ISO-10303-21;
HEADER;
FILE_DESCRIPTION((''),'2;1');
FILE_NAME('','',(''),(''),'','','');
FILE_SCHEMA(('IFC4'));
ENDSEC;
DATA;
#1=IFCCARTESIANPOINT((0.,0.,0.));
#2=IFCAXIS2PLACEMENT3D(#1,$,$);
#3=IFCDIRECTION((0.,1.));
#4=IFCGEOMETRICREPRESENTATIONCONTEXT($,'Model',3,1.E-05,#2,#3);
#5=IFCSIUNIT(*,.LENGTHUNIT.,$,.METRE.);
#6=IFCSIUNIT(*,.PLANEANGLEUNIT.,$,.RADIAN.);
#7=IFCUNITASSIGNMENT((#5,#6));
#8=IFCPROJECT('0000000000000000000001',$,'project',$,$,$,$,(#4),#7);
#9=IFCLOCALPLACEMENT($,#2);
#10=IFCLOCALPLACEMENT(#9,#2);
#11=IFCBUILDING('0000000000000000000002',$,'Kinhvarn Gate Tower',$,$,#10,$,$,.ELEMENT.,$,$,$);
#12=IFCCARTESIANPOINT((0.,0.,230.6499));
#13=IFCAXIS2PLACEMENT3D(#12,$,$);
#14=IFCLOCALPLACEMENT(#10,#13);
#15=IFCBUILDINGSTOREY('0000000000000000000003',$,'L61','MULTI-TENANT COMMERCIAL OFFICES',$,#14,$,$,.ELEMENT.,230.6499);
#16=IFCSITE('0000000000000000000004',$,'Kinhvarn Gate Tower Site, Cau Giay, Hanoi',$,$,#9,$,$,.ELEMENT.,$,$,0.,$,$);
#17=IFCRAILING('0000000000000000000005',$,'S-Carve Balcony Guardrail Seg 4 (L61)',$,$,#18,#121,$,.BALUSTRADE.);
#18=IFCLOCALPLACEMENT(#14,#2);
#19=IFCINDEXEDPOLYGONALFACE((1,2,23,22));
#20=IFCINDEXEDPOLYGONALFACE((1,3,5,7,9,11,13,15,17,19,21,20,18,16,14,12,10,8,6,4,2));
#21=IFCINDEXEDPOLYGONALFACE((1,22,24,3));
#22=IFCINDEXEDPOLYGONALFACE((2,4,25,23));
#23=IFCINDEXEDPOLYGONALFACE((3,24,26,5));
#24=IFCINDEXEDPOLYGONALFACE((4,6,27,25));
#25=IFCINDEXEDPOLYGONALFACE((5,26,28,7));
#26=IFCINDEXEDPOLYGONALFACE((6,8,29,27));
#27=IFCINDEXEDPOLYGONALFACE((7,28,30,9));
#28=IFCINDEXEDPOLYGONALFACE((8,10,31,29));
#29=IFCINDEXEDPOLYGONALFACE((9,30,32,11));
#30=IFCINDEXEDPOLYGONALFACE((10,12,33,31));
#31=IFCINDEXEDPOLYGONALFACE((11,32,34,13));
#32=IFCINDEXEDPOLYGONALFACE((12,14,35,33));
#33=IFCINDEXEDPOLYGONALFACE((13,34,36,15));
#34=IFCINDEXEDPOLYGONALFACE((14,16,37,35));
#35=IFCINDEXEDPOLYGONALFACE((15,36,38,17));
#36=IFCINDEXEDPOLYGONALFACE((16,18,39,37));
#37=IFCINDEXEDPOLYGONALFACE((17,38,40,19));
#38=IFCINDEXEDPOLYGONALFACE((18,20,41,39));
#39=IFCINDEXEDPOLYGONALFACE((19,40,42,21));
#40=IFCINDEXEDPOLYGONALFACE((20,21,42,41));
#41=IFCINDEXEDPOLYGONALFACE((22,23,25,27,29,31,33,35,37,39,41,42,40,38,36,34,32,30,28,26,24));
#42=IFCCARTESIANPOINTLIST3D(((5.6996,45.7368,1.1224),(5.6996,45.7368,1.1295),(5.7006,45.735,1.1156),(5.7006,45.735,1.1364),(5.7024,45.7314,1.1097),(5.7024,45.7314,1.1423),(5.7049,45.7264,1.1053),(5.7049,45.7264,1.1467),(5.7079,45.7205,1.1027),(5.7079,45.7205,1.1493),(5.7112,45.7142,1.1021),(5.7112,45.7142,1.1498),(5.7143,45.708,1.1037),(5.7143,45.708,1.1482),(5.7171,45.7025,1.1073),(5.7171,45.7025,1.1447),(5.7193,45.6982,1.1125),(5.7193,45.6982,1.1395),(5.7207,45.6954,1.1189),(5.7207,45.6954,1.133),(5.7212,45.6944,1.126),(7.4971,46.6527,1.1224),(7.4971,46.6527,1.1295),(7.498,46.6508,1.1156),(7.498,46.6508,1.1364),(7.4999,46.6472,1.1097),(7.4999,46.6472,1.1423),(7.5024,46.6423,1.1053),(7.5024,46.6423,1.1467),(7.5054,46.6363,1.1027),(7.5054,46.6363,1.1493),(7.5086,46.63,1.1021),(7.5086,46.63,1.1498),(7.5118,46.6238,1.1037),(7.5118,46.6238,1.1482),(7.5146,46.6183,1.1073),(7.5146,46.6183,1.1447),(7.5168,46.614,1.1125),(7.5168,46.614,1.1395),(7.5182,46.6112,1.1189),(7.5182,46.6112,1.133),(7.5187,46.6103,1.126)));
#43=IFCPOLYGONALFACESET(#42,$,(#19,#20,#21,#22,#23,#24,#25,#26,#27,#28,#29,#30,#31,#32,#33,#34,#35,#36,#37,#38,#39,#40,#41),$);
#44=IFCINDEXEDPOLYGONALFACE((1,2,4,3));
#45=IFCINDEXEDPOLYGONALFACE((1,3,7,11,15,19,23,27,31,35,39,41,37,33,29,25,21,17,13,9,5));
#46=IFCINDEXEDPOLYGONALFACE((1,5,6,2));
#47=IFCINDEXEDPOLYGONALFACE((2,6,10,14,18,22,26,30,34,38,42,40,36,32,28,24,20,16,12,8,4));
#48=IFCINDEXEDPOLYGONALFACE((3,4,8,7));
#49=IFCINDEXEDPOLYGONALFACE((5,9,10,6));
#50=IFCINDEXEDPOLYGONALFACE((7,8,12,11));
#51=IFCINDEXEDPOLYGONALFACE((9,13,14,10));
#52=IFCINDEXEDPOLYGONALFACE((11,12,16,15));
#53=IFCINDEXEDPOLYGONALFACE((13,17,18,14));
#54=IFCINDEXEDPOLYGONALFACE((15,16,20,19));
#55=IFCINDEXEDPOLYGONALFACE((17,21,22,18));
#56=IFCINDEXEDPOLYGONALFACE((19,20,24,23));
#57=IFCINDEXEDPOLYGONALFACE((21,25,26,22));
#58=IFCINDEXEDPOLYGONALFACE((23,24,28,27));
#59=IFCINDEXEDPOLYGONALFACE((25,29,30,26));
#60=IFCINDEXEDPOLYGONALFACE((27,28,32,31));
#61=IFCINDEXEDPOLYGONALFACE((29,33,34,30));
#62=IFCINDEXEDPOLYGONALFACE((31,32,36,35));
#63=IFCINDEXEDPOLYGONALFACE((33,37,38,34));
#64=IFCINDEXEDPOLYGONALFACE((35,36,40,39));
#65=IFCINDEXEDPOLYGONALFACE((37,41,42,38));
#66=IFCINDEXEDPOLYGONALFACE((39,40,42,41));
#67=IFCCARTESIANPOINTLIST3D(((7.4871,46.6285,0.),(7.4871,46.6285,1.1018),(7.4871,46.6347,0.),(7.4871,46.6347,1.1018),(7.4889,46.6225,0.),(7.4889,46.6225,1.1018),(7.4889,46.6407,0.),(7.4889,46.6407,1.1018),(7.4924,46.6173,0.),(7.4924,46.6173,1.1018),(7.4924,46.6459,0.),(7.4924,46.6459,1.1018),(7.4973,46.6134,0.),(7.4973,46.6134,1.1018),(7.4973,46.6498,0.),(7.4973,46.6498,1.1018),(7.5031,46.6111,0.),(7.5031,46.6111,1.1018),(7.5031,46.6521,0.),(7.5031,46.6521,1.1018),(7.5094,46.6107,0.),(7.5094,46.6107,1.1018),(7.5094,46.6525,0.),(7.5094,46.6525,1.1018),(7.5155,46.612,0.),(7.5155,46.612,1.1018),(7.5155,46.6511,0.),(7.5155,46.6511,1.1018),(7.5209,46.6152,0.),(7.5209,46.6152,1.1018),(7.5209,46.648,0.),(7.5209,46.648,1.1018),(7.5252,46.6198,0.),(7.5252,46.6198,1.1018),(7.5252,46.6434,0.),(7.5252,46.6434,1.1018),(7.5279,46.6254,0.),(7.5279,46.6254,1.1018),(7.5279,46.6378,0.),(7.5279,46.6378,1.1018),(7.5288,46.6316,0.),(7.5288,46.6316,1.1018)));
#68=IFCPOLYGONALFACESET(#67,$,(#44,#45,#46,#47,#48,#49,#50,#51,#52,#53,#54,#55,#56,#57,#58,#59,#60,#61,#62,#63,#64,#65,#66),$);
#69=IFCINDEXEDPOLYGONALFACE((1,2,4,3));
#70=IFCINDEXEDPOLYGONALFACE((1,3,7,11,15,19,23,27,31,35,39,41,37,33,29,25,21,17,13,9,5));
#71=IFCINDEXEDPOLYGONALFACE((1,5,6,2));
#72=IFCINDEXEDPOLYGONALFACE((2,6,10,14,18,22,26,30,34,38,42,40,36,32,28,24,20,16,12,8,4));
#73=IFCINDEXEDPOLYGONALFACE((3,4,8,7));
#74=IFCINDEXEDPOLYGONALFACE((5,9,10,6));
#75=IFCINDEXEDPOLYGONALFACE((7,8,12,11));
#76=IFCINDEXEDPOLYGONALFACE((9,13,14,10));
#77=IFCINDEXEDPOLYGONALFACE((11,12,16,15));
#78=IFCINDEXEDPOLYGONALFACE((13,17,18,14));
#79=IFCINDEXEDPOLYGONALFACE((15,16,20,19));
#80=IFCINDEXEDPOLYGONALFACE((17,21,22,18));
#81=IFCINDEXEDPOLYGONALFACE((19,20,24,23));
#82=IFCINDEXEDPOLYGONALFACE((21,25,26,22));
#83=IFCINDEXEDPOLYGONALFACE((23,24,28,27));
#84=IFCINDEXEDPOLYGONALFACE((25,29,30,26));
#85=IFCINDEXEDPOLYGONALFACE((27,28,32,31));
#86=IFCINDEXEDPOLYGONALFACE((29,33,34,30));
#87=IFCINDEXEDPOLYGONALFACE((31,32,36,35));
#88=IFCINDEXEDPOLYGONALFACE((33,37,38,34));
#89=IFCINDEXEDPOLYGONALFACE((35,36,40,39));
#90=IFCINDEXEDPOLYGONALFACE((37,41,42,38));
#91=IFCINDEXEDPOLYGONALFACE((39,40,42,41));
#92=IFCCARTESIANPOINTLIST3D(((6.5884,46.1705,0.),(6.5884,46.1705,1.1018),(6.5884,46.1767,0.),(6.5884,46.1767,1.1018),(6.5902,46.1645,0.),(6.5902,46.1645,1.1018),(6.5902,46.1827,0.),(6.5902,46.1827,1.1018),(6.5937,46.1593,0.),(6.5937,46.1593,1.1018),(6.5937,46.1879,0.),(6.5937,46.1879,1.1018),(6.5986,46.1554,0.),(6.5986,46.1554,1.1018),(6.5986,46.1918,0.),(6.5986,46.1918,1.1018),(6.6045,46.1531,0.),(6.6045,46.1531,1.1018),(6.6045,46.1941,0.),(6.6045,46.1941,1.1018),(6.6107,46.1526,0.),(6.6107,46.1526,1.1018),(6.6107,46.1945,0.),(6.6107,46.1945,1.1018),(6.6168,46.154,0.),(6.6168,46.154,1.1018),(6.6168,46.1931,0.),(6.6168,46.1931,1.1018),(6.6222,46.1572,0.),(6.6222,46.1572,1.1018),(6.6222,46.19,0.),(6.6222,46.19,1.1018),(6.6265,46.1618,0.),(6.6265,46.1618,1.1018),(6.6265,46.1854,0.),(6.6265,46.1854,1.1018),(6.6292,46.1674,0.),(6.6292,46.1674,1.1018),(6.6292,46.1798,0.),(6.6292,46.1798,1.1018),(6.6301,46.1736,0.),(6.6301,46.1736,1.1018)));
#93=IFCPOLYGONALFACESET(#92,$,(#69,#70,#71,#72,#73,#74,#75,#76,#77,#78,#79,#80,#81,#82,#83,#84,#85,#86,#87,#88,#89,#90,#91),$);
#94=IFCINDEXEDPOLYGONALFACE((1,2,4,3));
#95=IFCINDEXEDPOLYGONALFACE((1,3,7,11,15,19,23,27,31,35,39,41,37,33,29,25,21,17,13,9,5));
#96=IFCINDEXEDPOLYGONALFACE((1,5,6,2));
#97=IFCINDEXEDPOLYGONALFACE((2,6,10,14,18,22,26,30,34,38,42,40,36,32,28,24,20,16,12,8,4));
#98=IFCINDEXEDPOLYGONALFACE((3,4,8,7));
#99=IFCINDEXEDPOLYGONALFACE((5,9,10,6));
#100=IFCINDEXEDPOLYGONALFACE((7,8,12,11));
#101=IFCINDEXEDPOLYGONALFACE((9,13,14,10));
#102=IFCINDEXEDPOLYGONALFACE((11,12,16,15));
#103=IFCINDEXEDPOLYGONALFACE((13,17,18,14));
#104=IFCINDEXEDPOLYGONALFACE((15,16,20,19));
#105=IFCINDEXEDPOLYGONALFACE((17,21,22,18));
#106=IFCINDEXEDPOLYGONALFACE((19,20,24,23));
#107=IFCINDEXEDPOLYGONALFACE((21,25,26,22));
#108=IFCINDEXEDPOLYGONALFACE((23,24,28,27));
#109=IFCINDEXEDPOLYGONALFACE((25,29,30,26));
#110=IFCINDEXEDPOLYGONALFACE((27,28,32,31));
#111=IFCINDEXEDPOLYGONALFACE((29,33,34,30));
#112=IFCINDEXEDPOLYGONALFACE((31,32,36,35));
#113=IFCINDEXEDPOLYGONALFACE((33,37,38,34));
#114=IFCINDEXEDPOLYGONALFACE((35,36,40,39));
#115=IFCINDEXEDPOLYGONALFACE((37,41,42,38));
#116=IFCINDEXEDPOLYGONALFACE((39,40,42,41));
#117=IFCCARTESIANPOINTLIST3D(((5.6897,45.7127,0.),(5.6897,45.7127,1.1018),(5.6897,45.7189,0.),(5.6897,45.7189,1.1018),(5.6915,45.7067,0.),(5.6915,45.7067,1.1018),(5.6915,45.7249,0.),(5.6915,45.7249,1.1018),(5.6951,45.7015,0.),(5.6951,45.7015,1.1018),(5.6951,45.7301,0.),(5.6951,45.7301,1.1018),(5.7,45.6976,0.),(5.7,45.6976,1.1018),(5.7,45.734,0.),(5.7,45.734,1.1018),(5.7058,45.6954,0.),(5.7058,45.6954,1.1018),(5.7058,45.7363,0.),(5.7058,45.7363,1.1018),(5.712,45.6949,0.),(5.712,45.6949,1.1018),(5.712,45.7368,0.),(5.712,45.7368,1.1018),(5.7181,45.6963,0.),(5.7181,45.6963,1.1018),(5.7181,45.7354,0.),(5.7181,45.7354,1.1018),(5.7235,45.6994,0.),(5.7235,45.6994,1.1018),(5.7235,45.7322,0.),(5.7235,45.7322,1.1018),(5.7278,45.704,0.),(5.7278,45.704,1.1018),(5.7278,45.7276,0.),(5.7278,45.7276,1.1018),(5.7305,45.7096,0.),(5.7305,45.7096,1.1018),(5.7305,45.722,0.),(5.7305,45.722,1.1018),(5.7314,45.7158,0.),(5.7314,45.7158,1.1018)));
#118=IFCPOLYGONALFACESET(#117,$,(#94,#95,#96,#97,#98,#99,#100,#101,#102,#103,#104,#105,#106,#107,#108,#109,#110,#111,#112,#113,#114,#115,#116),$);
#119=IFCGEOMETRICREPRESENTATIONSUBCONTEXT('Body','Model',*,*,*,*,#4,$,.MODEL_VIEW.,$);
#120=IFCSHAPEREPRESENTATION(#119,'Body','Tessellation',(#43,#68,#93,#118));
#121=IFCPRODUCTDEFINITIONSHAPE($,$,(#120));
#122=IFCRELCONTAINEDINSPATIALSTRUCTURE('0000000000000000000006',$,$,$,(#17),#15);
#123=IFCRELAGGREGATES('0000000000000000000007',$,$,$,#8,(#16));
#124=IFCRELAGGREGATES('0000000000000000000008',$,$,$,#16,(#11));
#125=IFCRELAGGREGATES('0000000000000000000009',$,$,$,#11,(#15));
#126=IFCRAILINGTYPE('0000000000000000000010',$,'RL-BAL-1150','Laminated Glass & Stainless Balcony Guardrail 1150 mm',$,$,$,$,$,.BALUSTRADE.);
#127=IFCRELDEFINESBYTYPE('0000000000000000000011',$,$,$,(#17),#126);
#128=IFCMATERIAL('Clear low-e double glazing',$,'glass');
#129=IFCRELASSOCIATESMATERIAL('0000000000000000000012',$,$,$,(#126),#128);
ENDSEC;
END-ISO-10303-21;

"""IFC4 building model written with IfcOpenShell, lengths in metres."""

from ifc_helpers import new_model, si_unit, direction, frame, origin, origin_2d, place, context, subcontext, project, spatial, circle, extrude, material, type_object, element, save


model = new_model("IFC4")

# Units and contexts
model_context = context("Model", 3, precision=1e-05, world=origin(), true_north=direction((0.0, 1.0)))
body_context = subcontext(model_context, "Body", "Model", "MODEL_VIEW")
ifc_project = project(units=[si_unit("LENGTHUNIT", "METRE"), si_unit("PLANEANGLEUNIT", "RADIAN")], contexts=[model_context])

# Site, building, storey
site_placement = place(None, origin())
site = spatial("IfcSite", under=ifc_project, at=site_placement, Name="Kinhvarn Gate Tower Site, Cau Giay, Hanoi", CompositionType="ELEMENT", RefElevation=0.0)
building_placement = place(site_placement, origin())
building = spatial("IfcBuilding", under=site, at=building_placement, Name="Kinhvarn Gate Tower", CompositionType="ELEMENT")
storey_placement = place(building_placement, frame((0.0, 0.0, 230.6499)))
storey = spatial("IfcBuildingStorey", under=building, at=storey_placement, Name="L61", Description="MULTI-TENANT COMMERCIAL OFFICES", CompositionType="ELEMENT", Elevation=230.6499)

# Shared definitions
ifc_material_1 = material(Name="Clear low-e double glazing", Category="glass")

# Railing
railing_type = type_object("IfcRailingType", Name="RL-BAL-1150", Description="Laminated Glass & Stainless Balcony Guardrail 1150 mm", PredefinedType="BALUSTRADE", material=ifc_material_1)
railing_1_placement = place(storey_placement, frame((7.5078, 46.6316, 0.0)))
element("IfcRailing", 1, at=railing_1_placement, inside=storey, type_object=railing_type, Name="S-Carve Balcony Guardrail Seg 4 (L61)", PredefinedType="BALUSTRADE", context=body_context, shape_type="SweptSolid", body=[
    extrude(circle(Radius=0.0239, at=origin_2d()), frame((0.0, 0.0, 1.126), z_axis=(-0.891013, -0.453978, 0.0), x_axis=(0.453978, -0.891013, 0.0)), (0.0, 0.0, 1.0), 2.0173),
    extrude(circle(Radius=0.021, at=origin_2d()), origin(), (0.0, 0.0, 1.0), 1.1018),
    extrude(circle(Radius=0.021, at=origin_2d()), frame((-0.8987, -0.458, 0.0)), (0.0, 0.0, 1.0), 1.1018),
    extrude(circle(Radius=0.021, at=origin_2d()), frame((-1.7974, -0.9158, 0.0)), (0.0, 0.0, 1.0), 1.1018),
])

save(model, "model.ifc")
